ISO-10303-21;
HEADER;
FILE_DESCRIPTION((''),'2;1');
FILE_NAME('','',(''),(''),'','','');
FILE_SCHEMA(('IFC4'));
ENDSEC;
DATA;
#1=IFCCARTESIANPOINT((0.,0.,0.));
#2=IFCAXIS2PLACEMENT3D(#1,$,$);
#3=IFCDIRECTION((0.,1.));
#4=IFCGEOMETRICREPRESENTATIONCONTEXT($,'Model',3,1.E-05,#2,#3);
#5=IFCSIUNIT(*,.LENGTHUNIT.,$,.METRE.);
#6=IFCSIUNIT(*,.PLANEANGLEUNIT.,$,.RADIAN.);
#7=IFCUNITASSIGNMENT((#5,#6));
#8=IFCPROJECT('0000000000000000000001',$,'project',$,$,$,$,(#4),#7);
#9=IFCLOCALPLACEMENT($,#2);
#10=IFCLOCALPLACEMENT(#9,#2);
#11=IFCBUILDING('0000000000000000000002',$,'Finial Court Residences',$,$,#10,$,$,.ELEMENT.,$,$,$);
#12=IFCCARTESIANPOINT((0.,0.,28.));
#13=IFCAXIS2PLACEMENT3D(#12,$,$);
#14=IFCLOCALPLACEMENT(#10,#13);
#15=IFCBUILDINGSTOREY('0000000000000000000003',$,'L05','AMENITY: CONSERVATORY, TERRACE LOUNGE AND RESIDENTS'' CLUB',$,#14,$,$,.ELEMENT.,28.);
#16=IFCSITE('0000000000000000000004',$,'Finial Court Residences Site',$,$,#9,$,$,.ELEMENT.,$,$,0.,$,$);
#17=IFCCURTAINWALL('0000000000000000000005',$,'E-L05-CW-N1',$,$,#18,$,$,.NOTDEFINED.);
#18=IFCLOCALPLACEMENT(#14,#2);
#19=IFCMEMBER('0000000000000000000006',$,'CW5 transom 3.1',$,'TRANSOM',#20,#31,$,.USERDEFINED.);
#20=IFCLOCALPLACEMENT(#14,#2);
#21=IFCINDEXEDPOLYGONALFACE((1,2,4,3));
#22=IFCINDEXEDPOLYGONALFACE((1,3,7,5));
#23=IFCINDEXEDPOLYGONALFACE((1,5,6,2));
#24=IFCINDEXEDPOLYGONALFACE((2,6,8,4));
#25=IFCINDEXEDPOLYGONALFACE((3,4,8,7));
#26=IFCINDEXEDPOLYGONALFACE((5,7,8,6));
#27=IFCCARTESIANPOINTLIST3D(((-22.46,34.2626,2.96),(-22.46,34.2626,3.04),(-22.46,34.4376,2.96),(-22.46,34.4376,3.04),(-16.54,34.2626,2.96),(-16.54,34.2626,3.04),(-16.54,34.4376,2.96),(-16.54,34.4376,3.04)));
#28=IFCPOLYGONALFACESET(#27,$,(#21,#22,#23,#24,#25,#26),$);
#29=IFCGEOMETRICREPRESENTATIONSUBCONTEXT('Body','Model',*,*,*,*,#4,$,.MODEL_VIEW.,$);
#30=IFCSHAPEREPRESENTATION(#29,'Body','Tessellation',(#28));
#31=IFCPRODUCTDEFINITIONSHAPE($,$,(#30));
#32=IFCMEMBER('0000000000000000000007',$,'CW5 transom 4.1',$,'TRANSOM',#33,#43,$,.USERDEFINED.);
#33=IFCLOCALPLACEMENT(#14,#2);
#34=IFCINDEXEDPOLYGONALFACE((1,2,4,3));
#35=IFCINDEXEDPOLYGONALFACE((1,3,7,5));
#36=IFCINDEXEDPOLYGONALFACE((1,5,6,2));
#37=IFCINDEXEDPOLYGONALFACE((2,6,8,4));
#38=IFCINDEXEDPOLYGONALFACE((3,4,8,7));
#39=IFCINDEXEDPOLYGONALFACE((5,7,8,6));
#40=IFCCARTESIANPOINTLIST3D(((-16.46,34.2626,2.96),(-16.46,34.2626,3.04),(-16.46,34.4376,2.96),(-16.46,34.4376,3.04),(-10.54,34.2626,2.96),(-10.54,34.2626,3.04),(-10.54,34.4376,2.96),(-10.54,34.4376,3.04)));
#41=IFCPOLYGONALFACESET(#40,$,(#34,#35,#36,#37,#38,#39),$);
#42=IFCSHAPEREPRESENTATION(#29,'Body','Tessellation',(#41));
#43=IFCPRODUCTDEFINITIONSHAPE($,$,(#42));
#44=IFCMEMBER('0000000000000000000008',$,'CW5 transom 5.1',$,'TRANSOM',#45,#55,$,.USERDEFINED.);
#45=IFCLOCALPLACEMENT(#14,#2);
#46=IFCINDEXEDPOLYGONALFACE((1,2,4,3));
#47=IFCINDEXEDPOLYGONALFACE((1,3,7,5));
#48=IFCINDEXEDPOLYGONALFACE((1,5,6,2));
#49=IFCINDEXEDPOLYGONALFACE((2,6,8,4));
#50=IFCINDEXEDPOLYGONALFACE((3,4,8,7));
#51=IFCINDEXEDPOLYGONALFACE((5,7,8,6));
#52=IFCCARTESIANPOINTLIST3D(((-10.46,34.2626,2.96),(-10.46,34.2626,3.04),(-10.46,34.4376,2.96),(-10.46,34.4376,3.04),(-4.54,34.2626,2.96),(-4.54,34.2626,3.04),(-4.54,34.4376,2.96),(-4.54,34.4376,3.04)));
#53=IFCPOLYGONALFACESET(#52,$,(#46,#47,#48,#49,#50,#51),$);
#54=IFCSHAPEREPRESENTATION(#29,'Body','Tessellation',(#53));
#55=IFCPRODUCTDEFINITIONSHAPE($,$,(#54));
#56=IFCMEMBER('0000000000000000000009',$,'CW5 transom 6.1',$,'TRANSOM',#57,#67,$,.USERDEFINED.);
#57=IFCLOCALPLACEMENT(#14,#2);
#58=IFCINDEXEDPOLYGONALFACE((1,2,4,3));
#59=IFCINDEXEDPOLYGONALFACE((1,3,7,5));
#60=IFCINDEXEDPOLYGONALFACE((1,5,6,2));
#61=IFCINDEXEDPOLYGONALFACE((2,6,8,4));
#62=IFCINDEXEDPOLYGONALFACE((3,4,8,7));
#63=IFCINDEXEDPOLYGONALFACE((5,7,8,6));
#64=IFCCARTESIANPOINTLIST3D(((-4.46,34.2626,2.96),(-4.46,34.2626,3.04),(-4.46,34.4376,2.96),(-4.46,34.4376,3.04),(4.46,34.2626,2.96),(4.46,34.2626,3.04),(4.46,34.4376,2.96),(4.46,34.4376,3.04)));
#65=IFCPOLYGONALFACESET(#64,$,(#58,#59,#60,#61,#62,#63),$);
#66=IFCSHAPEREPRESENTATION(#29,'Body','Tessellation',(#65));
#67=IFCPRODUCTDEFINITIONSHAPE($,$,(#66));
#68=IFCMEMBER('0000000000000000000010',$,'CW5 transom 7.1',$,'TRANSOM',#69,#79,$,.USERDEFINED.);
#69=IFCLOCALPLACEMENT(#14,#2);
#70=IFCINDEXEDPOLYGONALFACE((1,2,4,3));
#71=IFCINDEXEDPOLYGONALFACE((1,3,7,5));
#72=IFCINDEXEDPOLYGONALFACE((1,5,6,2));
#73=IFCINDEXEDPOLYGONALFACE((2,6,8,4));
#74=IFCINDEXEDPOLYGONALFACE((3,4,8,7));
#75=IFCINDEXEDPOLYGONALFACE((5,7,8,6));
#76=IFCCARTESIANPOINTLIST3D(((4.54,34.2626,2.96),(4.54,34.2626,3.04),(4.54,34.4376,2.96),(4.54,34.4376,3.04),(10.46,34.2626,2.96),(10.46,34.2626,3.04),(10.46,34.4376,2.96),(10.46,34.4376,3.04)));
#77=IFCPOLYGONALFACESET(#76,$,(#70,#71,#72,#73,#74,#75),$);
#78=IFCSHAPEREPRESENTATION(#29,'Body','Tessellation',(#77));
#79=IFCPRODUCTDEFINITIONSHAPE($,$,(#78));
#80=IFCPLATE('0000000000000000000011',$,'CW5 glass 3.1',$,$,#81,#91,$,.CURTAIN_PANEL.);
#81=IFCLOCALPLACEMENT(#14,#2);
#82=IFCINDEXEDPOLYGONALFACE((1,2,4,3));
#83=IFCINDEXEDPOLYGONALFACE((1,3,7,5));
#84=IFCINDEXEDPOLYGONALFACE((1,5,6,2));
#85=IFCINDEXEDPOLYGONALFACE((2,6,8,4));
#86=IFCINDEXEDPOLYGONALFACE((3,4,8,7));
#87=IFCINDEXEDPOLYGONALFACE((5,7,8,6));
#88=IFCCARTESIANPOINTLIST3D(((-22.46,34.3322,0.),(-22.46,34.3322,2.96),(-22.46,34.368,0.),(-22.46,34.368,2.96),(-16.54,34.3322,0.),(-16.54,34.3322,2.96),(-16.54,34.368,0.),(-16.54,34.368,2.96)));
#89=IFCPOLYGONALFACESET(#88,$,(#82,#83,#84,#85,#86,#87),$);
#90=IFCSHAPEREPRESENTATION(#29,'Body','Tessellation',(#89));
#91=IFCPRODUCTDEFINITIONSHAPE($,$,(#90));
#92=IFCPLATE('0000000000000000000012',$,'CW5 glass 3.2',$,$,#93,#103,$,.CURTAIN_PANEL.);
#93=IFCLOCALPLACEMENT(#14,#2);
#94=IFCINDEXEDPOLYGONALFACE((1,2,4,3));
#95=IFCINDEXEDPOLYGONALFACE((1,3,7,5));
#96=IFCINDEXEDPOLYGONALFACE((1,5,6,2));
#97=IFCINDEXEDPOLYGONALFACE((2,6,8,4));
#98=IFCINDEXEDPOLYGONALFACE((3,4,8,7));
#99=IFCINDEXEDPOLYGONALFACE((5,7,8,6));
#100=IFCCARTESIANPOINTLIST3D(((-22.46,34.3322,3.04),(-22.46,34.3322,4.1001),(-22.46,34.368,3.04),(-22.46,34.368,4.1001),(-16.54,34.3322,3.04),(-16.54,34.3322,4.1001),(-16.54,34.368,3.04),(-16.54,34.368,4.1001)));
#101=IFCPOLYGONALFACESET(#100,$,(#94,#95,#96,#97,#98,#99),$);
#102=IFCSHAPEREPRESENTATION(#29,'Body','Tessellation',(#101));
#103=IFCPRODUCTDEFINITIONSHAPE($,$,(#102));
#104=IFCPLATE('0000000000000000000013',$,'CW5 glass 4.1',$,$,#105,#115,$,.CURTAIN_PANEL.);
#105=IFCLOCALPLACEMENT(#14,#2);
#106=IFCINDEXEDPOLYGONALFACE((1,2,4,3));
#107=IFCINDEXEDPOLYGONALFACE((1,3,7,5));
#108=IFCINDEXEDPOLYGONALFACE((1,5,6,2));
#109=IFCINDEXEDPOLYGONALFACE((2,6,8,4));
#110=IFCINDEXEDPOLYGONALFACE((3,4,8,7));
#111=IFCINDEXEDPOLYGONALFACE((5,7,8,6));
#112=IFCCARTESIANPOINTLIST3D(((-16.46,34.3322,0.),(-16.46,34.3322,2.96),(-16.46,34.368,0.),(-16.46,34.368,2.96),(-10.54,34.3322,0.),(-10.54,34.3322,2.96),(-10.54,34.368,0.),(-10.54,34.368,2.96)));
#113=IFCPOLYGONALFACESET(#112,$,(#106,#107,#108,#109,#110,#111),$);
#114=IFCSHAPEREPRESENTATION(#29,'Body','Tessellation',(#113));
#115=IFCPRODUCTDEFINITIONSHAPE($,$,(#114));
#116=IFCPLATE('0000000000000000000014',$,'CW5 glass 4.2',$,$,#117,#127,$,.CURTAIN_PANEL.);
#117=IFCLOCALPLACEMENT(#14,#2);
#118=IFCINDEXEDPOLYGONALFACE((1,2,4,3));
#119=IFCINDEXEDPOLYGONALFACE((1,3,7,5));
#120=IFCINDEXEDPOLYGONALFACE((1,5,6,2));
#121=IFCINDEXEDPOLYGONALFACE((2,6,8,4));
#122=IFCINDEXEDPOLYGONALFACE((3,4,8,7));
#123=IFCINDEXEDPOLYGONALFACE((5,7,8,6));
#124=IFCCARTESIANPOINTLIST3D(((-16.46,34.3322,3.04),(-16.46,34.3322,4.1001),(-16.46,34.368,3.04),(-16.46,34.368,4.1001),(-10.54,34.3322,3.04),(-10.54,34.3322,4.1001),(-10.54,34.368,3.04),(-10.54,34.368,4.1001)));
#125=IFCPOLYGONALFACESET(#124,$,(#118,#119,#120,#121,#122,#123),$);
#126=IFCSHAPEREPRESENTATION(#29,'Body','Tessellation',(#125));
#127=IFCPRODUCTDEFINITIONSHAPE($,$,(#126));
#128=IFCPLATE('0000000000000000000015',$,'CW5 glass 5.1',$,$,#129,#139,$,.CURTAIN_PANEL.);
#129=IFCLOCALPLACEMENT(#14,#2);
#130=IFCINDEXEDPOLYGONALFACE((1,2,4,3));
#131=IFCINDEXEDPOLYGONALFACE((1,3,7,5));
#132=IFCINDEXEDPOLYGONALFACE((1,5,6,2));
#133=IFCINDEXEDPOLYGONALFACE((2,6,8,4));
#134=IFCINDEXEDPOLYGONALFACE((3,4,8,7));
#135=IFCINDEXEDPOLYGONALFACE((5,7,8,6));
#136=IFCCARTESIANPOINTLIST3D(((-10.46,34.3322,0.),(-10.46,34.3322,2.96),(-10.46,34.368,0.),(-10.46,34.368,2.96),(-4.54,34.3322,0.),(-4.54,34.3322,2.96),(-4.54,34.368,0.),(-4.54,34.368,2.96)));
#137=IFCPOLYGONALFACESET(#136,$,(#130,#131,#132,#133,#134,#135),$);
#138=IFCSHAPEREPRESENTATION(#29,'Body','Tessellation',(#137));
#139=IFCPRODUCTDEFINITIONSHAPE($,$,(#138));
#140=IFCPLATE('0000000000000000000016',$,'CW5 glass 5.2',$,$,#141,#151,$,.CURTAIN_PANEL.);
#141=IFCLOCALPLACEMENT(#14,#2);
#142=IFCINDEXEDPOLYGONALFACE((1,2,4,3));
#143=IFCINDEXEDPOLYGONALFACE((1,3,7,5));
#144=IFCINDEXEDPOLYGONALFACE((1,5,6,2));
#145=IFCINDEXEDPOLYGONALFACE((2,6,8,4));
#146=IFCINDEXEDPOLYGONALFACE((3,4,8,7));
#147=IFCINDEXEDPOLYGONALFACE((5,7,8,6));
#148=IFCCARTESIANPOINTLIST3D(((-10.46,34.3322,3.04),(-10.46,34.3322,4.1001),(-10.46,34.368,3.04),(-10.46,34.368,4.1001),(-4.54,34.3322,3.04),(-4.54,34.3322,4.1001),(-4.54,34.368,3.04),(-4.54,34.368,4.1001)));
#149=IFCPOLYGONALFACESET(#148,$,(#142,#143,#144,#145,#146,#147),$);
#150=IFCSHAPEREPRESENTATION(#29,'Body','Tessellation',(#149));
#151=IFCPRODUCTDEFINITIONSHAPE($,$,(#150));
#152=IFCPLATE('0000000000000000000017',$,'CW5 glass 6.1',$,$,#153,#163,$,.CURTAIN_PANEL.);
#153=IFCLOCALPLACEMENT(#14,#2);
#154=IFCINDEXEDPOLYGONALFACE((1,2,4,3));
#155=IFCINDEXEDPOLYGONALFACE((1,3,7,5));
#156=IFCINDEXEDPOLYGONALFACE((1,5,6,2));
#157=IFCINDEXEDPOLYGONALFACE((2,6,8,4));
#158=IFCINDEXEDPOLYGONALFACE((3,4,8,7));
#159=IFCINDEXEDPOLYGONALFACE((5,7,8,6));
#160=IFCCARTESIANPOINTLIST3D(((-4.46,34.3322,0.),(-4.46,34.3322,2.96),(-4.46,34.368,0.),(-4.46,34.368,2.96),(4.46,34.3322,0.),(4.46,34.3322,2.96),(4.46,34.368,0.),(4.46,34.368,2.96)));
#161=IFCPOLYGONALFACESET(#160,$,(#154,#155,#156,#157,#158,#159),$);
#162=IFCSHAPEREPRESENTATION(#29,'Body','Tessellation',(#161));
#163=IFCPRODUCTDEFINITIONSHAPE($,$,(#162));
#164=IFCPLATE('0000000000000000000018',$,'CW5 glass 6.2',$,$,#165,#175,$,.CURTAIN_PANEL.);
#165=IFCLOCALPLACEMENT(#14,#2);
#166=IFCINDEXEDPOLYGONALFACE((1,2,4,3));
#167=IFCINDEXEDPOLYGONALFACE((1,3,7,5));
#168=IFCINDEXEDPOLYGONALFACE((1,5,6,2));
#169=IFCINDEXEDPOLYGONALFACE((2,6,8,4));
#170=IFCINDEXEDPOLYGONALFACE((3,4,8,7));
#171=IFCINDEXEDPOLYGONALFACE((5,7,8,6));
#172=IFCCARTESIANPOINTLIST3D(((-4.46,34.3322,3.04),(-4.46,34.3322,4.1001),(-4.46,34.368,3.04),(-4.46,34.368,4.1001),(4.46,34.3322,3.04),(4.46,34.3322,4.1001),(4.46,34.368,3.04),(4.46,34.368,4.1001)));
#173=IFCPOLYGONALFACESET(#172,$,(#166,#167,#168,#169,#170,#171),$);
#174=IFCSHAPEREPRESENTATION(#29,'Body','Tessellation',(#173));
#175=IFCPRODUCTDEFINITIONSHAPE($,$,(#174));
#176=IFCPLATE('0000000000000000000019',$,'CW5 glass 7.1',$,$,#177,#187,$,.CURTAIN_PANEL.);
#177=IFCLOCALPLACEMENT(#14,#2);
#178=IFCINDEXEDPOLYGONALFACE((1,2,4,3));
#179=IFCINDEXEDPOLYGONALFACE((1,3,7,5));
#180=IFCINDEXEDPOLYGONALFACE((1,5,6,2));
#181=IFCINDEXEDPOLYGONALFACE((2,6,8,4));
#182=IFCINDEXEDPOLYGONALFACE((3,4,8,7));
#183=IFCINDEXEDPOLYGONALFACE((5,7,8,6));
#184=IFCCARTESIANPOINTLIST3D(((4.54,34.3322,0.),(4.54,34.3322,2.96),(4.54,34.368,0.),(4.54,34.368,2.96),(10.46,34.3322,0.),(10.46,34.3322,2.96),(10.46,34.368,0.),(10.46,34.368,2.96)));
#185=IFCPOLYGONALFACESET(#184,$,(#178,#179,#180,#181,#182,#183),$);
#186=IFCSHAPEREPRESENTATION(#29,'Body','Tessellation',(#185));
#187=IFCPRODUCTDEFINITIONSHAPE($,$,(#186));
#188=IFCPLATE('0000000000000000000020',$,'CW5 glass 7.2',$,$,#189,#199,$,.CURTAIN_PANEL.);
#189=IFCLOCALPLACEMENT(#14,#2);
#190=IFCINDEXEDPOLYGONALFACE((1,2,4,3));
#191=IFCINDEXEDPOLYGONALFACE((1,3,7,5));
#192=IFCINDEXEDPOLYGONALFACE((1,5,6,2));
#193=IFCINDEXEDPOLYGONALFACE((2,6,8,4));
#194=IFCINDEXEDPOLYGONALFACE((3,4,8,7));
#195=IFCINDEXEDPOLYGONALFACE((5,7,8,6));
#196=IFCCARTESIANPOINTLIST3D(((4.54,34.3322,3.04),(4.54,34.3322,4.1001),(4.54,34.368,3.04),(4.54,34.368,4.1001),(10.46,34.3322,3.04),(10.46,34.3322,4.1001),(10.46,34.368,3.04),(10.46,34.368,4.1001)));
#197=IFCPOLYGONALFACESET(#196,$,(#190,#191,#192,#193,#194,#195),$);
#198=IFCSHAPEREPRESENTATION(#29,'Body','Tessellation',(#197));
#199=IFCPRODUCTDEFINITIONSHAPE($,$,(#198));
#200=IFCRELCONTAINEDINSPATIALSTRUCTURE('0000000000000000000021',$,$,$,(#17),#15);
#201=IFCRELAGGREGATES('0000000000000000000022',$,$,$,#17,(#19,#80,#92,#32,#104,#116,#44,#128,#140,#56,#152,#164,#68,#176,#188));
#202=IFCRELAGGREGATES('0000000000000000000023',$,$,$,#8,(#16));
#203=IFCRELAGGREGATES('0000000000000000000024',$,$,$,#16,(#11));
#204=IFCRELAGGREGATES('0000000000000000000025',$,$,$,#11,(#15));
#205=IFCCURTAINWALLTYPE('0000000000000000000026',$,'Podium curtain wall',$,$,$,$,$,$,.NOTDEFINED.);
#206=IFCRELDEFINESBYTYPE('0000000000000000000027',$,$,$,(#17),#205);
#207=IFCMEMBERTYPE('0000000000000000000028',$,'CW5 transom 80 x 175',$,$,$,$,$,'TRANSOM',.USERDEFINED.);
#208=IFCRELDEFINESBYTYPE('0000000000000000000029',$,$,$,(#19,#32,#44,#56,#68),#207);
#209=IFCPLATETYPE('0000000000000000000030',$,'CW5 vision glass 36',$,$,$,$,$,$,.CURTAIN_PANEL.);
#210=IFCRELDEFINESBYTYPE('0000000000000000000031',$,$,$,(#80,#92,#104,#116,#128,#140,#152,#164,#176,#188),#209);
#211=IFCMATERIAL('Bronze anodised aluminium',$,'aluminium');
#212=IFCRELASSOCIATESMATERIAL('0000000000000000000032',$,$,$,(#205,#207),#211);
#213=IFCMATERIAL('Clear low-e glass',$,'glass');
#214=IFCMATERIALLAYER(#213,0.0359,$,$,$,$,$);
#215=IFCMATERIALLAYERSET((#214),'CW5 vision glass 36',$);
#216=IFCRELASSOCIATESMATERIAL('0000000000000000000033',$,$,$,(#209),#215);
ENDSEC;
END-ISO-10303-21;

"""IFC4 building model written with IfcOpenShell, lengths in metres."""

from ifc_helpers import new_model, si_unit, direction, frame, origin, origin_2d, place, context, subcontext, project, spatial, rectangle, extrude, material, layer, layer_set, material_profile, profile_set, type_object, element, aggregate, save


model = new_model("IFC4")

# Units and contexts
model_context = context("Model", 3, precision=1e-05, world=origin(), true_north=direction((0.0, 1.0)))
body_context = subcontext(model_context, "Body", "Model", "MODEL_VIEW")
ifc_project = project(units=[si_unit("LENGTHUNIT", "METRE"), si_unit("PLANEANGLEUNIT", "RADIAN")], contexts=[model_context])

# Site, building, storey
site_placement = place(None, origin())
site = spatial("IfcSite", under=ifc_project, at=site_placement, Name="Finial Court Residences Site", CompositionType="ELEMENT", RefElevation=0.0)
building_placement = place(site_placement, origin())
building = spatial("IfcBuilding", under=site, at=building_placement, Name="Finial Court Residences", CompositionType="ELEMENT")
storey_placement = place(building_placement, frame((0.0, 0.0, 28.0)))
storey = spatial("IfcBuildingStorey", under=building, at=storey_placement, Name="L05", Description="AMENITY: CONSERVATORY, TERRACE LOUNGE AND RESIDENTS' CLUB", CompositionType="ELEMENT", Elevation=28.0)

# Curtain wall, members, plates
ifc_material_1 = material(Name="Bronze anodised aluminium", Category="aluminium")
curtain_wall_type = type_object("IfcCurtainWallType", Name="Podium curtain wall", PredefinedType="NOTDEFINED", material=ifc_material_1)
curtain_wall_placement = place(storey_placement, origin())
curtain_wall = element("IfcCurtainWall", 1, at=curtain_wall_placement, inside=storey, type_object=curtain_wall_type, Name="E-L05-CW-N1", PredefinedType="NOTDEFINED")
ifc_material_profile_1 = material_profile(ifc_material_1, rectangle(XDim=0.175, YDim=0.0801, at=origin_2d()), Name="CW5 transom 80 x 175")
ifc_profile_set_1 = profile_set([ifc_material_profile_1], Name="Bronze anodised aluminium")
member_type_1 = type_object("IfcMemberType", Name="CW5 transom 80 x 175", ElementType="TRANSOM", PredefinedType="USERDEFINED", material=ifc_profile_set_1)
member_1_placement = place(storey_placement, frame((-22.46, 34.3501, 3.0), z_axis=(1.0, 0.0, 0.0), x_axis=(0.0, 1.0, 0.0)))
member_1 = element("IfcMember", 2, at=member_1_placement, type_object=member_type_1, Name="CW5 transom 3.1", ObjectType="TRANSOM", PredefinedType="USERDEFINED", context=body_context, shape_type="SweptSolid", body=[
    extrude(rectangle(XDim=0.175, YDim=0.0801, at=origin_2d()), origin(), (0.0, 0.0, 1.0), 5.9199),
])
member_2_placement = place(storey_placement, frame((-16.46, 34.3501, 3.0), z_axis=(1.0, 0.0, 0.0), x_axis=(0.0, 1.0, 0.0)))
member_2 = element("IfcMember", 3, at=member_2_placement, type_object=member_type_1, Name="CW5 transom 4.1", ObjectType="TRANSOM", PredefinedType="USERDEFINED", context=body_context, shape_type="SweptSolid", body=[
    extrude(rectangle(XDim=0.175, YDim=0.0801, at=origin_2d()), origin(), (0.0, 0.0, 1.0), 5.9199),
])
member_3_placement = place(storey_placement, frame((-10.46, 34.3501, 3.0), z_axis=(1.0, 0.0, 0.0), x_axis=(0.0, 1.0, 0.0)))
member_3 = element("IfcMember", 4, at=member_3_placement, type_object=member_type_1, Name="CW5 transom 5.1", ObjectType="TRANSOM", PredefinedType="USERDEFINED", context=body_context, shape_type="SweptSolid", body=[
    extrude(rectangle(XDim=0.175, YDim=0.0801, at=origin_2d()), origin(), (0.0, 0.0, 1.0), 5.9199),
])
member_4_placement = place(storey_placement, frame((-4.46, 34.3501, 3.0), z_axis=(1.0, 0.0, 0.0), x_axis=(0.0, 1.0, 0.0)))
member_4 = element("IfcMember", 5, at=member_4_placement, type_object=member_type_1, Name="CW5 transom 6.1", ObjectType="TRANSOM", PredefinedType="USERDEFINED", context=body_context, shape_type="SweptSolid", body=[
    extrude(rectangle(XDim=0.175, YDim=0.0801, at=origin_2d()), origin(), (0.0, 0.0, 1.0), 8.9199),
])
member_5_placement = place(storey_placement, frame((4.54, 34.3501, 3.0), z_axis=(1.0, 0.0, 0.0), x_axis=(0.0, 1.0, 0.0)))
member_5 = element("IfcMember", 6, at=member_5_placement, type_object=member_type_1, Name="CW5 transom 7.1", ObjectType="TRANSOM", PredefinedType="USERDEFINED", context=body_context, shape_type="SweptSolid", body=[
    extrude(rectangle(XDim=0.175, YDim=0.0801, at=origin_2d()), origin(), (0.0, 0.0, 1.0), 5.9199),
])
ifc_material_2 = material(Name="Clear low-e glass", Category="glass")
ifc_layer_1 = layer(ifc_material_2, 0.0359)
ifc_layer_set_1 = layer_set([ifc_layer_1], Name="CW5 vision glass 36")
plate_type = type_object("IfcPlateType", Name="CW5 vision glass 36", PredefinedType="CURTAIN_PANEL", material=ifc_layer_set_1)
plate_1_placement = place(storey_placement, frame((-19.5, 34.3501, 0.0), z_axis=(0.0, 0.0, 1.0), x_axis=(1.0, 0.0, 0.0)))
plate_1 = element("IfcPlate", 7, at=plate_1_placement, type_object=plate_type, Name="CW5 glass 3.1", PredefinedType="CURTAIN_PANEL", context=body_context, shape_type="SweptSolid", body=[
    extrude(rectangle(XDim=5.9199, YDim=0.0359, at=origin_2d()), origin(), (0.0, 0.0, 1.0), 2.96),
])
plate_2_placement = place(storey_placement, frame((-19.5, 34.3501, 3.04), z_axis=(0.0, 0.0, 1.0), x_axis=(1.0, 0.0, 0.0)))
plate_2 = element("IfcPlate", 8, at=plate_2_placement, type_object=plate_type, Name="CW5 glass 3.2", PredefinedType="CURTAIN_PANEL", context=body_context, shape_type="SweptSolid", body=[
    extrude(rectangle(XDim=5.9199, YDim=0.0359, at=origin_2d()), origin(), (0.0, 0.0, 1.0), 1.0601),
])
plate_3_placement = place(storey_placement, frame((-13.5, 34.3501, 0.0), z_axis=(0.0, 0.0, 1.0), x_axis=(1.0, 0.0, 0.0)))
plate_3 = element("IfcPlate", 9, at=plate_3_placement, type_object=plate_type, Name="CW5 glass 4.1", PredefinedType="CURTAIN_PANEL", context=body_context, shape_type="SweptSolid", body=[
    extrude(rectangle(XDim=5.9199, YDim=0.0359, at=origin_2d()), origin(), (0.0, 0.0, 1.0), 2.96),
])
plate_4_placement = place(storey_placement, frame((-13.5, 34.3501, 3.04), z_axis=(0.0, 0.0, 1.0), x_axis=(1.0, 0.0, 0.0)))
plate_4 = element("IfcPlate", 10, at=plate_4_placement, type_object=plate_type, Name="CW5 glass 4.2", PredefinedType="CURTAIN_PANEL", context=body_context, shape_type="SweptSolid", body=[
    extrude(rectangle(XDim=5.9199, YDim=0.0359, at=origin_2d()), origin(), (0.0, 0.0, 1.0), 1.0601),
])
plate_5_placement = place(storey_placement, frame((-7.5, 34.3501, 0.0), z_axis=(0.0, 0.0, 1.0), x_axis=(1.0, 0.0, 0.0)))
plate_5 = element("IfcPlate", 11, at=plate_5_placement, type_object=plate_type, Name="CW5 glass 5.1", PredefinedType="CURTAIN_PANEL", context=body_context, shape_type="SweptSolid", body=[
    extrude(rectangle(XDim=5.9199, YDim=0.0359, at=origin_2d()), origin(), (0.0, 0.0, 1.0), 2.96),
])
plate_6_placement = place(storey_placement, frame((-7.5, 34.3501, 3.04), z_axis=(0.0, 0.0, 1.0), x_axis=(1.0, 0.0, 0.0)))
plate_6 = element("IfcPlate", 12, at=plate_6_placement, type_object=plate_type, Name="CW5 glass 5.2", PredefinedType="CURTAIN_PANEL", context=body_context, shape_type="SweptSolid", body=[
    extrude(rectangle(XDim=5.9199, YDim=0.0359, at=origin_2d()), origin(), (0.0, 0.0, 1.0), 1.0601),
])
plate_7_placement = place(storey_placement, frame((0.0, 34.3501, 0.0), z_axis=(0.0, 0.0, 1.0), x_axis=(1.0, 0.0, 0.0)))
plate_7 = element("IfcPlate", 13, at=plate_7_placement, type_object=plate_type, Name="CW5 glass 6.1", PredefinedType="CURTAIN_PANEL", context=body_context, shape_type="SweptSolid", body=[
    extrude(rectangle(XDim=8.9199, YDim=0.0359, at=origin_2d()), origin(), (0.0, 0.0, 1.0), 2.96),
])
plate_8_placement = place(storey_placement, frame((0.0, 34.3501, 3.04), z_axis=(0.0, 0.0, 1.0), x_axis=(1.0, 0.0, 0.0)))
plate_8 = element("IfcPlate", 14, at=plate_8_placement, type_object=plate_type, Name="CW5 glass 6.2", PredefinedType="CURTAIN_PANEL", context=body_context, shape_type="SweptSolid", body=[
    extrude(rectangle(XDim=8.9199, YDim=0.0359, at=origin_2d()), origin(), (0.0, 0.0, 1.0), 1.0601),
])
plate_9_placement = place(storey_placement, frame((7.5, 34.3501, 0.0), z_axis=(0.0, 0.0, 1.0), x_axis=(1.0, 0.0, 0.0)))
plate_9 = element("IfcPlate", 15, at=plate_9_placement, type_object=plate_type, Name="CW5 glass 7.1", PredefinedType="CURTAIN_PANEL", context=body_context, shape_type="SweptSolid", body=[
    extrude(rectangle(XDim=5.9199, YDim=0.0359, at=origin_2d()), origin(), (0.0, 0.0, 1.0), 2.96),
])
plate_10_placement = place(storey_placement, frame((7.5, 34.3501, 3.04), z_axis=(0.0, 0.0, 1.0), x_axis=(1.0, 0.0, 0.0)))
plate_10 = element("IfcPlate", 16, at=plate_10_placement, type_object=plate_type, Name="CW5 glass 7.2", PredefinedType="CURTAIN_PANEL", context=body_context, shape_type="SweptSolid", body=[
    extrude(rectangle(XDim=5.9199, YDim=0.0359, at=origin_2d()), origin(), (0.0, 0.0, 1.0), 1.0601),
])
aggregate(curtain_wall, [member_1, plate_1, plate_2, member_2, plate_3, plate_4, member_3, plate_5, plate_6, member_4, plate_7, plate_8, member_5, plate_9, plate_10])

save(model, "model.ifc")
